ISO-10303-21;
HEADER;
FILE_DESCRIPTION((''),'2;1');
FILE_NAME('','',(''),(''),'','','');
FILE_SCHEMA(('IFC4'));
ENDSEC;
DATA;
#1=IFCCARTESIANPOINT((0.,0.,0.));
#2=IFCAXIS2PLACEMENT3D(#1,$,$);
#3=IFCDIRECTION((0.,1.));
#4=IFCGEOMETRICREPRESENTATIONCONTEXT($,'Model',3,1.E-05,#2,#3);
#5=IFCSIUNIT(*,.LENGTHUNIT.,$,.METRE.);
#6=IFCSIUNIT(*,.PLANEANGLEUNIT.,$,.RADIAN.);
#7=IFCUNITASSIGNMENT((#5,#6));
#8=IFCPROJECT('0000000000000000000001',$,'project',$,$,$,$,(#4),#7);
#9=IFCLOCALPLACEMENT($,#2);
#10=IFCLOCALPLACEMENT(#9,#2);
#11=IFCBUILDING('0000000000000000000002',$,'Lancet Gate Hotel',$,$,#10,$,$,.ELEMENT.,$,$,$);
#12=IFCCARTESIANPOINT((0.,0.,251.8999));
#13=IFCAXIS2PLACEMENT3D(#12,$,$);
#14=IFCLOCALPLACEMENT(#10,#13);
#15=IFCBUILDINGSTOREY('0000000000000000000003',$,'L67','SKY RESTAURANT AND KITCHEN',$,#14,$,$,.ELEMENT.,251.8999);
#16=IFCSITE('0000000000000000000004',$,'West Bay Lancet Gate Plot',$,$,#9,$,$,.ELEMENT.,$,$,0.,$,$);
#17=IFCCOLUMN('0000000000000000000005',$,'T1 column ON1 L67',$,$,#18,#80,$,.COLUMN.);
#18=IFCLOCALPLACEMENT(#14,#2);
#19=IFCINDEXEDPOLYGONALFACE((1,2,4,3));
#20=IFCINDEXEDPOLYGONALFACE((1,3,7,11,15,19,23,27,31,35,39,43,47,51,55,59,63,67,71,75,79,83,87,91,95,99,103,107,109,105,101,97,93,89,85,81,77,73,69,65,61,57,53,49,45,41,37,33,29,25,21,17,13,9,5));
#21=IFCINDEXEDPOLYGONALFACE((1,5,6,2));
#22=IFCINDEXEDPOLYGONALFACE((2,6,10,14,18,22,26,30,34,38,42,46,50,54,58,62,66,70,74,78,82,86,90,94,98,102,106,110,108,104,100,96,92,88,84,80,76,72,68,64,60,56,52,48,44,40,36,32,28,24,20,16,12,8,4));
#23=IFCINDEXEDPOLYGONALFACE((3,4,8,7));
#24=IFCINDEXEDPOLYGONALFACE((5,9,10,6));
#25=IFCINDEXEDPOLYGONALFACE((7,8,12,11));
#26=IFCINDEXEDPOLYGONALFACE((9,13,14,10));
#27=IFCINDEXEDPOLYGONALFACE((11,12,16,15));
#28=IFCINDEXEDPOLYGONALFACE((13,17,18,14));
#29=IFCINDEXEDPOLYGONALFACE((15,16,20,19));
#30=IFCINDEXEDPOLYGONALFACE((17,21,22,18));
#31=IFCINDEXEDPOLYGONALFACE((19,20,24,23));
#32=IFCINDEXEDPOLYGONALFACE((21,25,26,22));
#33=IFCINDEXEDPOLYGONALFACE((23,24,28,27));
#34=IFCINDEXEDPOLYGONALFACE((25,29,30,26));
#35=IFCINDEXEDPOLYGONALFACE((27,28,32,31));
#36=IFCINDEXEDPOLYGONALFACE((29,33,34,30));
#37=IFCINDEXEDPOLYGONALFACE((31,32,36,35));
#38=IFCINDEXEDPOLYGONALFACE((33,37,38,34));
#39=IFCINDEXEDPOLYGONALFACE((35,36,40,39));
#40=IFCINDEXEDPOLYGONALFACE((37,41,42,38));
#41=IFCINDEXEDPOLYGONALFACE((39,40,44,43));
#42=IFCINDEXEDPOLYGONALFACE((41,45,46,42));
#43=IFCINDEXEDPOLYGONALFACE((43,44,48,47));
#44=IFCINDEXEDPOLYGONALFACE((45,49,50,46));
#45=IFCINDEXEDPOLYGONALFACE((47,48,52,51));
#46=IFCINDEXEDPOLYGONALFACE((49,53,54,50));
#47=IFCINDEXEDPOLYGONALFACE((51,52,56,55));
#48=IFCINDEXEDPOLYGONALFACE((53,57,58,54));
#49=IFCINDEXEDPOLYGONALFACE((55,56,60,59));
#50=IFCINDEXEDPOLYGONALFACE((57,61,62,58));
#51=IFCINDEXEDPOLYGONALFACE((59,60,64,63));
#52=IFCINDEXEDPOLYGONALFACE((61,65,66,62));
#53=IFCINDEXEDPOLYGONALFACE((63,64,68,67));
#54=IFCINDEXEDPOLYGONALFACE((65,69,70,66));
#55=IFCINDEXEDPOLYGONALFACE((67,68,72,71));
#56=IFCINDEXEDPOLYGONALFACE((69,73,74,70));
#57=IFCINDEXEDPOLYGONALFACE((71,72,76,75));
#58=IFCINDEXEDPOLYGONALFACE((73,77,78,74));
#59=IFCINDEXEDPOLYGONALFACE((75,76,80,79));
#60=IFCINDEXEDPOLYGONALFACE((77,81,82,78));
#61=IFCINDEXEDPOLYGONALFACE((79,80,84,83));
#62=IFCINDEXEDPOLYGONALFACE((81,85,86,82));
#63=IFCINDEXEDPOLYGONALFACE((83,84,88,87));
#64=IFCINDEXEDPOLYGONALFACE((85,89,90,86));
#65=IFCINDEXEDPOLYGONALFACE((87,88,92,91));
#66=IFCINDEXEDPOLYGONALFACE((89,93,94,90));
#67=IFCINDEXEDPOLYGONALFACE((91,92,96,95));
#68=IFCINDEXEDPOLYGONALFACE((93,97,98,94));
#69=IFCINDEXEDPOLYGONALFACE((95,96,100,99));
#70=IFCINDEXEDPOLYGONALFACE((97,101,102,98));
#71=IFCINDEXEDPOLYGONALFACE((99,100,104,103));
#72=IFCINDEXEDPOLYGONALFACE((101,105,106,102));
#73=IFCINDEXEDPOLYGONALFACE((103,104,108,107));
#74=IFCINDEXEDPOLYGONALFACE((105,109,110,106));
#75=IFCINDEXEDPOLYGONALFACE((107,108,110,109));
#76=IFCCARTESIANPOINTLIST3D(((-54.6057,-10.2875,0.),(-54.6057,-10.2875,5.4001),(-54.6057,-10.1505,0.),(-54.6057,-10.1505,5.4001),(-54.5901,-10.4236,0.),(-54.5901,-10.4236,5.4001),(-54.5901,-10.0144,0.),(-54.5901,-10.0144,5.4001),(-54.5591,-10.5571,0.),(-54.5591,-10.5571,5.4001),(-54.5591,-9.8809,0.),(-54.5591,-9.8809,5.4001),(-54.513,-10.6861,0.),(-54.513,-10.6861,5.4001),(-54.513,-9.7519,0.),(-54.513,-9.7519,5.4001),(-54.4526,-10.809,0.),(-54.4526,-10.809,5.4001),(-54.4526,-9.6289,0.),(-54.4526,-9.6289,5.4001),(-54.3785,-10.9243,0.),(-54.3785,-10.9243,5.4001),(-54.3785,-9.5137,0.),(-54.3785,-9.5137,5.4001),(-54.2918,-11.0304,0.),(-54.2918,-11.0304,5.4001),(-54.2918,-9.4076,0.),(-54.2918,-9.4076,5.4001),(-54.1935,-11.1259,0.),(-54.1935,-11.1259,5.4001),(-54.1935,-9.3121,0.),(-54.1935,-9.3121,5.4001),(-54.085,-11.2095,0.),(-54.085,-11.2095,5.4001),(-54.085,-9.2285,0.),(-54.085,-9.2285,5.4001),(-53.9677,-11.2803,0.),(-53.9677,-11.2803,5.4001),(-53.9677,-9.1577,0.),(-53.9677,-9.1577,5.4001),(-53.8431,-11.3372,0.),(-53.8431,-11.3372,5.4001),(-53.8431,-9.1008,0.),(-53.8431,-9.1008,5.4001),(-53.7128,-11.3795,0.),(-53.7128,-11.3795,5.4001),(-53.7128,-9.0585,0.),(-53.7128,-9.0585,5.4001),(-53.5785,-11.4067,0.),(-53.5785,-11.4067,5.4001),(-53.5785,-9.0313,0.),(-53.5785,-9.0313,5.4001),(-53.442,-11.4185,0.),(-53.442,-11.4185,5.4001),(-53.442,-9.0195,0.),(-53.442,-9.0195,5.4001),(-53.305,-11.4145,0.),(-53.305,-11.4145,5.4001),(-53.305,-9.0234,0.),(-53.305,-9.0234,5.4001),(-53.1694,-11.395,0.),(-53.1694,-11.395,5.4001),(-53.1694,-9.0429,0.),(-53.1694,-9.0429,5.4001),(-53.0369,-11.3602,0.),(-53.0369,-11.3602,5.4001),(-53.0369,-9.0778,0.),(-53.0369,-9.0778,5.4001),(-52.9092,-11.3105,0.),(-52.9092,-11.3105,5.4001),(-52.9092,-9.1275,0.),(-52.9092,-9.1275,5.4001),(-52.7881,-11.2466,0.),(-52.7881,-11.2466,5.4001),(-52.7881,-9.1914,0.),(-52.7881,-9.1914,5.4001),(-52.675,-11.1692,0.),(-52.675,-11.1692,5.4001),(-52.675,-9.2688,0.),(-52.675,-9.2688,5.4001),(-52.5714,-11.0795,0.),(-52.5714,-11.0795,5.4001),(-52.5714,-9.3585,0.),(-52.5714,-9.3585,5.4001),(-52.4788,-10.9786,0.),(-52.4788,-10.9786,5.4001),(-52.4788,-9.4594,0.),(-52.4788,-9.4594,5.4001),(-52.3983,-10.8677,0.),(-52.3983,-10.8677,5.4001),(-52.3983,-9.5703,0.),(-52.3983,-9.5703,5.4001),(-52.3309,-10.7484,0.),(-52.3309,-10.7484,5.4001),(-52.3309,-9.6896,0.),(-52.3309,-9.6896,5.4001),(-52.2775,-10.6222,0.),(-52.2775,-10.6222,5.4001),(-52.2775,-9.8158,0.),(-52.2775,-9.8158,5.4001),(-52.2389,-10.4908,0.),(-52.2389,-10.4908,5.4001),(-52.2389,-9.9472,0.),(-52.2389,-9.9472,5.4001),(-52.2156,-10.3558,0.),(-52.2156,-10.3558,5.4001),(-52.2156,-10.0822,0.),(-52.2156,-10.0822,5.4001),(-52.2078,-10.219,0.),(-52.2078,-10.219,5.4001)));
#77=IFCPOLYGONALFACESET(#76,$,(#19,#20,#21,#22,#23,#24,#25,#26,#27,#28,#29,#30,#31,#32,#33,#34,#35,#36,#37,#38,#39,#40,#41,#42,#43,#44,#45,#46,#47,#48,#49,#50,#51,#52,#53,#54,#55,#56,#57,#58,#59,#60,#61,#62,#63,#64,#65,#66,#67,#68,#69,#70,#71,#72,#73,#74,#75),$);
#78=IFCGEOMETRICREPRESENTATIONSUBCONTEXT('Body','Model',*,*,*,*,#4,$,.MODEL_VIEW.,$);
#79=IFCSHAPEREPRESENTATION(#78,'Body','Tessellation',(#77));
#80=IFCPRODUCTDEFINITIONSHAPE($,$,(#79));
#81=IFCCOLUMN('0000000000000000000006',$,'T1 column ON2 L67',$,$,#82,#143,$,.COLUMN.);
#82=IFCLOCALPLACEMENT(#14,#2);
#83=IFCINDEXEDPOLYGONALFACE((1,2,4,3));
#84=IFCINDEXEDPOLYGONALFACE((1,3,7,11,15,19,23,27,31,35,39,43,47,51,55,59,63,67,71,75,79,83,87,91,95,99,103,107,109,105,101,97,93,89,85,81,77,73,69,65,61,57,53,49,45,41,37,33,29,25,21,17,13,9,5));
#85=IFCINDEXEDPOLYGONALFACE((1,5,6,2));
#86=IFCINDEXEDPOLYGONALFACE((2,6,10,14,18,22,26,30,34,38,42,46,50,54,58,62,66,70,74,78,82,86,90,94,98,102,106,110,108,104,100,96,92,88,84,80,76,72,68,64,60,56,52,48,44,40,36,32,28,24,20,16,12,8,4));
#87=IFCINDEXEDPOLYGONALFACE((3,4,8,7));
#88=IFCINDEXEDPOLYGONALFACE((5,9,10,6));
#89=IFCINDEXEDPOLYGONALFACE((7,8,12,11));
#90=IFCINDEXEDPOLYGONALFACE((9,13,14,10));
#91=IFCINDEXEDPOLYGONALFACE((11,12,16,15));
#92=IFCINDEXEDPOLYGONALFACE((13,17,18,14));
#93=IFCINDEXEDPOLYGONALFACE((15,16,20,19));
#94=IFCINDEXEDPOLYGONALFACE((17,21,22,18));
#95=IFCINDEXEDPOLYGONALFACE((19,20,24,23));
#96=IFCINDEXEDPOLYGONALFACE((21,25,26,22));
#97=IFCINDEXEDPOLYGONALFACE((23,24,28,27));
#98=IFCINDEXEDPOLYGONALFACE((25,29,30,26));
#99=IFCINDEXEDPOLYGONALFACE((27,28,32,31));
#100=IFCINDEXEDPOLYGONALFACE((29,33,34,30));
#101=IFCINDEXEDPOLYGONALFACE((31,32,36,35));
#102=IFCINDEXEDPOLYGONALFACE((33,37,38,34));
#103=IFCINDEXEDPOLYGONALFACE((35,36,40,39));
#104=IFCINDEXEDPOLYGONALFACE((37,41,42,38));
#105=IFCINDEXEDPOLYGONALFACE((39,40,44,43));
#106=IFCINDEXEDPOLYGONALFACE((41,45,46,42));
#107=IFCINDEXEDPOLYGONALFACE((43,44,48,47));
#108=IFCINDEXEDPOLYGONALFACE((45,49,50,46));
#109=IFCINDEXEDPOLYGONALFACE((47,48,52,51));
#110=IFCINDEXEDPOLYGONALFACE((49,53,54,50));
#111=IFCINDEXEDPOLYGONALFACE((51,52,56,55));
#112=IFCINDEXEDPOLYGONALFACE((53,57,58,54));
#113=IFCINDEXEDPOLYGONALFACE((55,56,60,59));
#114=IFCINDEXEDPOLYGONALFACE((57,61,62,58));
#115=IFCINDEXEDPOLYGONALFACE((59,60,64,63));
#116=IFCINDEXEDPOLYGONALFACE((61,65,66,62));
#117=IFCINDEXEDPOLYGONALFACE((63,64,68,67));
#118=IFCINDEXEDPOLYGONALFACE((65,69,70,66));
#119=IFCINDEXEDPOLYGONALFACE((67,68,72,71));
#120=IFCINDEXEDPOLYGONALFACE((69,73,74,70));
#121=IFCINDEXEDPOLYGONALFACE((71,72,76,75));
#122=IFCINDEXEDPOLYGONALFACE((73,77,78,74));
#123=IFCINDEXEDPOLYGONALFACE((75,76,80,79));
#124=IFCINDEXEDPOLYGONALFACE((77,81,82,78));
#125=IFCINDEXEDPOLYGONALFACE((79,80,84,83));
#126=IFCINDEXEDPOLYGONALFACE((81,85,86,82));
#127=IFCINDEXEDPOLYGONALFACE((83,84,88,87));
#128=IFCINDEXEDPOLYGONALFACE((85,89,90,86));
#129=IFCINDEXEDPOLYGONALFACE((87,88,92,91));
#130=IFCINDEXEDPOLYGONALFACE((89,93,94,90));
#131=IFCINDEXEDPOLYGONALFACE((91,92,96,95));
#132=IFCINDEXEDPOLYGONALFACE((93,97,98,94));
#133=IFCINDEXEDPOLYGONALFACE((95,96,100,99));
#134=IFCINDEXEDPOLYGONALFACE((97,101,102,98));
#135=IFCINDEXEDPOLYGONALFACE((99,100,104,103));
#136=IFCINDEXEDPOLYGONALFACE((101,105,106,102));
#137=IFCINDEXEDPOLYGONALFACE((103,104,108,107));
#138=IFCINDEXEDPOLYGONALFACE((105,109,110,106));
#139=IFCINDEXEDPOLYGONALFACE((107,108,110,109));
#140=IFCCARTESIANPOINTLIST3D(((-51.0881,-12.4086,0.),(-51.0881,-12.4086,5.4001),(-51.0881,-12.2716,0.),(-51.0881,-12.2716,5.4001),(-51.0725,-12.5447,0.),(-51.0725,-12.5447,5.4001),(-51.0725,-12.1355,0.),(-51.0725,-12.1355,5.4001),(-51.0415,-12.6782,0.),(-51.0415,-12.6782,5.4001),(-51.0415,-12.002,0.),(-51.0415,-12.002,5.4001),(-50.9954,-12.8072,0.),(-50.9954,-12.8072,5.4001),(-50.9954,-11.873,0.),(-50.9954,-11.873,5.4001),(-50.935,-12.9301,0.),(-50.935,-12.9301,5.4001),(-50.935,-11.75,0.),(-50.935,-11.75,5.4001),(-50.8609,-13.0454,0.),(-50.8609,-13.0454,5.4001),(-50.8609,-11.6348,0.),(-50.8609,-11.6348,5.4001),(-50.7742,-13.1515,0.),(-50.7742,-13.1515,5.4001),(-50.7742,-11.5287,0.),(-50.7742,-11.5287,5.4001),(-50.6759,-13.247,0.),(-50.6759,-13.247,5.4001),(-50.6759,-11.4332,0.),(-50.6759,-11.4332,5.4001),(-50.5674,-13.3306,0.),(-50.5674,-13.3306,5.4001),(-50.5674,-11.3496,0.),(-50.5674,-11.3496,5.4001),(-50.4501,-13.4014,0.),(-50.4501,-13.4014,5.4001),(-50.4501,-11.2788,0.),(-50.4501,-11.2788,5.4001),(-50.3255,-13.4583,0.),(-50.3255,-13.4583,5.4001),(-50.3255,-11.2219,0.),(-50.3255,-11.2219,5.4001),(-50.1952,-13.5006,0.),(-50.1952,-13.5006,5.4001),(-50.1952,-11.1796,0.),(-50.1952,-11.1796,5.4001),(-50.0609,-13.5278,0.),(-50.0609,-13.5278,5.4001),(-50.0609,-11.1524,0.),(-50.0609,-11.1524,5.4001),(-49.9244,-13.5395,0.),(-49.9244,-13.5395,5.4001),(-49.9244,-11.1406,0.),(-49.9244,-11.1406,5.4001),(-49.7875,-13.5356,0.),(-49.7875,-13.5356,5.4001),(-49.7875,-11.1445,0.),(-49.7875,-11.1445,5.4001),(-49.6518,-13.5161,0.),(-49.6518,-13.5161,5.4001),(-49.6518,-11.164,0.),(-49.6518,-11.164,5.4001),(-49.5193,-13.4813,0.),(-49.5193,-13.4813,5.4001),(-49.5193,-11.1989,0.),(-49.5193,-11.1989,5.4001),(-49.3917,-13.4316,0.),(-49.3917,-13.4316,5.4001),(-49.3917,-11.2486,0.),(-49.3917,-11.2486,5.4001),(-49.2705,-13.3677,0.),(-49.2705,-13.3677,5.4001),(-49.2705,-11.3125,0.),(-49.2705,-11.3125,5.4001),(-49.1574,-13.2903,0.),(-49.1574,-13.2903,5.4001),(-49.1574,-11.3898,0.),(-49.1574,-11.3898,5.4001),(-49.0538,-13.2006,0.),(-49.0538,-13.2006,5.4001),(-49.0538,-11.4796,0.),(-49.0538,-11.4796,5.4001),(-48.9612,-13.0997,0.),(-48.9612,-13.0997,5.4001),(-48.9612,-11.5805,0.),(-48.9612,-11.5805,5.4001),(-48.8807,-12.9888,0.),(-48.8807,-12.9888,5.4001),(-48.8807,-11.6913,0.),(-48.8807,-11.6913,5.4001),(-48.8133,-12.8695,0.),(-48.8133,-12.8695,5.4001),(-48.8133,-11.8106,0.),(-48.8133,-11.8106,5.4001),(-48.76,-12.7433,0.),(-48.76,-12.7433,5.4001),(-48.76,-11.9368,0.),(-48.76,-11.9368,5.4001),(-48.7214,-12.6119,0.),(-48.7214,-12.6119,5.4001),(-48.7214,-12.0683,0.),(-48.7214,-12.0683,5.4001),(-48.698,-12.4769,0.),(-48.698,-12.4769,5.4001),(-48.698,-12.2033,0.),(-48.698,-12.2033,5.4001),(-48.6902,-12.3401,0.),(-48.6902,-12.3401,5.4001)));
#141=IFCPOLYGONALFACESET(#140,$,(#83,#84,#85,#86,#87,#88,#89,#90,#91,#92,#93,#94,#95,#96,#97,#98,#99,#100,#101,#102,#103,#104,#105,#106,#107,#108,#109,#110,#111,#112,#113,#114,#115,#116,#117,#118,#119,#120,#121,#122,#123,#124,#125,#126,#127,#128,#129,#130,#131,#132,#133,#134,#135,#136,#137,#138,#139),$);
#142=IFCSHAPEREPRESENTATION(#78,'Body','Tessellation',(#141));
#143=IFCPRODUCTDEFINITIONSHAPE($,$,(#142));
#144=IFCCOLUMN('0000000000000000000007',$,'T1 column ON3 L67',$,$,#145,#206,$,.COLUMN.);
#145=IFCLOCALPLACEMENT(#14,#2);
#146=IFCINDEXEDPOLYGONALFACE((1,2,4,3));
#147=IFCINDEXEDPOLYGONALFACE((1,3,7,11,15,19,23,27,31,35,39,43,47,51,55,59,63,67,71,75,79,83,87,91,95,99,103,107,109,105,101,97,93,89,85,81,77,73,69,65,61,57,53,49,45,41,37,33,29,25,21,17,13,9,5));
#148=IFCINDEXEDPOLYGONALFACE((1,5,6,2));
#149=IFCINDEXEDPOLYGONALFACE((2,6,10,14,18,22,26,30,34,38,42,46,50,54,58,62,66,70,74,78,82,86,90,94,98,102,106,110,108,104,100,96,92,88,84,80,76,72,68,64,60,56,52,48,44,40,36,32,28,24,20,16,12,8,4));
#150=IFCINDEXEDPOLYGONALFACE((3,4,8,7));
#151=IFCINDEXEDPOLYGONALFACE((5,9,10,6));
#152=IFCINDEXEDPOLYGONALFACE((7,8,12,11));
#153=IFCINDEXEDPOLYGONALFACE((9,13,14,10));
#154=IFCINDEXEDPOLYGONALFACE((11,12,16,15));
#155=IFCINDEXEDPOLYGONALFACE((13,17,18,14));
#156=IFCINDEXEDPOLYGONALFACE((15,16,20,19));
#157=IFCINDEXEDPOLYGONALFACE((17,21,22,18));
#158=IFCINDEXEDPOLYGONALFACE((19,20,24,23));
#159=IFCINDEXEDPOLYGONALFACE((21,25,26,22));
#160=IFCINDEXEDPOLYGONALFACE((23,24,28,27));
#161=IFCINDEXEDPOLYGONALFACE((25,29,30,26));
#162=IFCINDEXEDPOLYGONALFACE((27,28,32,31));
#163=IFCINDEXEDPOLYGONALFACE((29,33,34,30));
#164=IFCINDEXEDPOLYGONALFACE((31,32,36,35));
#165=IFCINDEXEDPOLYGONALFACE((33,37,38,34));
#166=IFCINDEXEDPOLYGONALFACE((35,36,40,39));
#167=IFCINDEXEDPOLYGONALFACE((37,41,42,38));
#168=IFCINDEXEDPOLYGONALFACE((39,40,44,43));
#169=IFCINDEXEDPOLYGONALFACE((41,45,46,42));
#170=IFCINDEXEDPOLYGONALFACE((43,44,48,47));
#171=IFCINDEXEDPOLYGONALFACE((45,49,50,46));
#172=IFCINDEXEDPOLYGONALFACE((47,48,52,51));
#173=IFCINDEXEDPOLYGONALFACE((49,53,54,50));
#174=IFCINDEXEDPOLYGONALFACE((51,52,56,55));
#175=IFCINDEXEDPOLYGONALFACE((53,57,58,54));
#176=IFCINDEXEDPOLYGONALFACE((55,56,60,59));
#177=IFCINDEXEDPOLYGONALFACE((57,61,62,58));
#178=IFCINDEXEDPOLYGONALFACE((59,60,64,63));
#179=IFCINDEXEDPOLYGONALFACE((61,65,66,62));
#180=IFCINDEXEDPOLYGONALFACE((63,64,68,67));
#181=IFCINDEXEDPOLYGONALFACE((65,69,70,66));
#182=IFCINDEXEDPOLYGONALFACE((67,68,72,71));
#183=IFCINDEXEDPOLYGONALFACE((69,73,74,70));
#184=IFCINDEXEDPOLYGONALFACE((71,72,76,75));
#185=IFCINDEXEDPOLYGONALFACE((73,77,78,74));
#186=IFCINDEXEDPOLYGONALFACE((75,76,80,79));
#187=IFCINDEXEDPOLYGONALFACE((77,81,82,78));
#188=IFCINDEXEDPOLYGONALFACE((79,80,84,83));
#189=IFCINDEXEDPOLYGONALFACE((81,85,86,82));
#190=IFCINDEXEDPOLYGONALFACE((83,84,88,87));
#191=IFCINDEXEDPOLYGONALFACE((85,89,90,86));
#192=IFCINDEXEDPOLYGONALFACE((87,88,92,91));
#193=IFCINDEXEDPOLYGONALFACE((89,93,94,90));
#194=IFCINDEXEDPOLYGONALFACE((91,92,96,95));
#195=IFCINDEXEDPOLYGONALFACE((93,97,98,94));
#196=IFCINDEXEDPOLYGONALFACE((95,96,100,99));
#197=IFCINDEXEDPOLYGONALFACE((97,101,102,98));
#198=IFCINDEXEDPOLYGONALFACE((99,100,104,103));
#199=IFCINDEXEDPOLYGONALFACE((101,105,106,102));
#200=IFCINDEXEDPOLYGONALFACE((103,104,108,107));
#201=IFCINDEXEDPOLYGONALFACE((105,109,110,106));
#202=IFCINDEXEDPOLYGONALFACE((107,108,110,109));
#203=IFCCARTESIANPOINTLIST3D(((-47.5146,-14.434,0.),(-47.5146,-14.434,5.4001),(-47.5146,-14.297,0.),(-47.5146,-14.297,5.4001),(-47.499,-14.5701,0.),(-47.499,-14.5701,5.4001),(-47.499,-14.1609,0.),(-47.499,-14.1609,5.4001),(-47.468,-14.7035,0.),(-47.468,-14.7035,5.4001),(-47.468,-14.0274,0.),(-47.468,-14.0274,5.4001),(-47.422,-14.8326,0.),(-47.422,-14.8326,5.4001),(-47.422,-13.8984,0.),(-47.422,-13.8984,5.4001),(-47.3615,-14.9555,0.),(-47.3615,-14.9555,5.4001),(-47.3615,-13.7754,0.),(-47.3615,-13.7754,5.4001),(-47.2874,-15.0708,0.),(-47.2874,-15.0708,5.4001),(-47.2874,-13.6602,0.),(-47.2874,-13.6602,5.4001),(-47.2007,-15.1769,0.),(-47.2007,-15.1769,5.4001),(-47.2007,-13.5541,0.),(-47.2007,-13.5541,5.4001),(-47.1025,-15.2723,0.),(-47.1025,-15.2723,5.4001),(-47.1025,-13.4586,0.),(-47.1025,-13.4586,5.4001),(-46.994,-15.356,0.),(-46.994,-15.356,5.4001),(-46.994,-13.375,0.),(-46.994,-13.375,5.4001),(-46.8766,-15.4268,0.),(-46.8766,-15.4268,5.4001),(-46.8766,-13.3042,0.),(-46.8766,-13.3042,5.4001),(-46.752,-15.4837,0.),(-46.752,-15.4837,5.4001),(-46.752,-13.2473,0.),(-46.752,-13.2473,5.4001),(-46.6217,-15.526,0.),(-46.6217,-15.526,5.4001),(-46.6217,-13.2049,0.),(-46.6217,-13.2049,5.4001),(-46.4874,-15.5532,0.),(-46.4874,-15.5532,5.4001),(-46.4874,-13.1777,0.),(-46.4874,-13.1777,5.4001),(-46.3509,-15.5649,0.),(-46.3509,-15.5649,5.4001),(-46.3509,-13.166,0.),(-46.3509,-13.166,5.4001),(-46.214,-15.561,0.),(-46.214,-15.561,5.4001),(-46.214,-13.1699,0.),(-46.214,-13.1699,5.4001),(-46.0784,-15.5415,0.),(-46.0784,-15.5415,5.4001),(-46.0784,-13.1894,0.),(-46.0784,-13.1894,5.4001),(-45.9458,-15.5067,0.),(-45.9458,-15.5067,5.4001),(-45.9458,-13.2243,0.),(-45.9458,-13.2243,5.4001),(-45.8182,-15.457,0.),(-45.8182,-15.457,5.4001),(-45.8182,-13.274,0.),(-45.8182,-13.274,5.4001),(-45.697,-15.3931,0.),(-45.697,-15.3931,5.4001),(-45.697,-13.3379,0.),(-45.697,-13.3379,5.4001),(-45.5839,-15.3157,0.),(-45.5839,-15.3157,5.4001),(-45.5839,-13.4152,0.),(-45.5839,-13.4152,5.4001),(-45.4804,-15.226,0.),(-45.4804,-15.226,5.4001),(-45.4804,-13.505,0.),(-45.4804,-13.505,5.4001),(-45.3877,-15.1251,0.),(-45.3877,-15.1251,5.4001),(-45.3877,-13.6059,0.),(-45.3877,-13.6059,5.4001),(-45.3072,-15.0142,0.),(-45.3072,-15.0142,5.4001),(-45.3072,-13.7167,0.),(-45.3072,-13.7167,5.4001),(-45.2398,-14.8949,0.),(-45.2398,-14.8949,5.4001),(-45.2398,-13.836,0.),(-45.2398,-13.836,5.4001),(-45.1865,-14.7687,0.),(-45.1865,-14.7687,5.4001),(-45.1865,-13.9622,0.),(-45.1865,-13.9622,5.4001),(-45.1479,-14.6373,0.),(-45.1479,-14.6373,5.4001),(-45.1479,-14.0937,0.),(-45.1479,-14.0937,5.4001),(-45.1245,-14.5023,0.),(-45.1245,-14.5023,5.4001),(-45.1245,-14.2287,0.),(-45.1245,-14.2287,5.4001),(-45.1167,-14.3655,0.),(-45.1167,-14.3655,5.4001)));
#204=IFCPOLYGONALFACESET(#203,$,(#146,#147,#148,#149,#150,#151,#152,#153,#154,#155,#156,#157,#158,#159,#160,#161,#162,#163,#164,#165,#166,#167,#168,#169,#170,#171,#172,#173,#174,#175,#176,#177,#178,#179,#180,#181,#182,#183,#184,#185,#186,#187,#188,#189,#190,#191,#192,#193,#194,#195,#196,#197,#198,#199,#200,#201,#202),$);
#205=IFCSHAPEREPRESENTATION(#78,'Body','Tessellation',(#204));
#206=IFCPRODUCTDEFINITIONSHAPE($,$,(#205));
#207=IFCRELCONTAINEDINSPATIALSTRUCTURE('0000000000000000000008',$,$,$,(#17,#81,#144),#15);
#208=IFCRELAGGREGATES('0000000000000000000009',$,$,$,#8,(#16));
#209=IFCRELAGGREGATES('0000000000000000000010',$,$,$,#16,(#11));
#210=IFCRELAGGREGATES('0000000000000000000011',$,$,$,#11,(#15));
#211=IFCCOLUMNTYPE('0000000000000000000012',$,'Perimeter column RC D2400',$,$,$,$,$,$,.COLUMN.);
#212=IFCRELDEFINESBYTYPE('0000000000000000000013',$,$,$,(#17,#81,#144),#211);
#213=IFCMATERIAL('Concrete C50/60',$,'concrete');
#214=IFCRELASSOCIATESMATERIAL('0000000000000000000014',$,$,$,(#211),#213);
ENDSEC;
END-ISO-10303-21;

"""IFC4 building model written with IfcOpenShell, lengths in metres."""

from ifc_helpers import new_model, si_unit, direction, frame, origin, origin_2d, place, context, subcontext, project, spatial, circle, extrude, material, material_profile, profile_set, type_object, element, save


model = new_model("IFC4")

# Units and contexts
model_context = context("Model", 3, precision=1e-05, world=origin(), true_north=direction((0.0, 1.0)))
body_context = subcontext(model_context, "Body", "Model", "MODEL_VIEW")
ifc_project = project(units=[si_unit("LENGTHUNIT", "METRE"), si_unit("PLANEANGLEUNIT", "RADIAN")], contexts=[model_context])

# Site, building, storey
site_placement = place(None, origin())
site = spatial("IfcSite", under=ifc_project, at=site_placement, Name="West Bay Lancet Gate Plot", CompositionType="ELEMENT", RefElevation=0.0)
building_placement = place(site_placement, origin())
building = spatial("IfcBuilding", under=site, at=building_placement, Name="Lancet Gate Hotel", CompositionType="ELEMENT")
storey_placement = place(building_placement, frame((0.0, 0.0, 251.8999)))
storey = spatial("IfcBuildingStorey", under=building, at=storey_placement, Name="L67", Description="SKY RESTAURANT AND KITCHEN", CompositionType="ELEMENT", Elevation=251.8999)

# Columns
ifc_material_1 = material(Name="Concrete C50/60", Category="concrete")
ifc_material_profile_1 = material_profile(ifc_material_1, circle(Radius=1.2, at=origin_2d()), Name="RC D2400")
ifc_profile_set_1 = profile_set([ifc_material_profile_1], Name="Concrete C50/60")
column_type = type_object("IfcColumnType", Name="Perimeter column RC D2400", PredefinedType="COLUMN", material=ifc_profile_set_1)
for number, where, z_axis, x_axis, name in (
    (1, (-53.4077, -10.219, 0.0), (0.0, 0.0, 1.0), (1.0, 0.0, 0.0), "T1 column ON1 L67"),
    (2, (-49.8901, -12.3401, 0.0), (0.0, 0.0, 1.0), (1.0, 0.0, 0.0), "T1 column ON2 L67"),
    (3, (-46.3167, -14.3655, 0.0), (0.0, 0.0, 1.0), (1.0, 0.0, 0.0), "T1 column ON3 L67"),
):
    element("IfcColumn", number, at=place(storey_placement, frame(where, z_axis=z_axis, x_axis=x_axis)), inside=storey, type_object=column_type, Name=name, PredefinedType="COLUMN", context=body_context, shape_type="SweptSolid", body=[
        extrude(circle(Radius=1.2, at=origin_2d()), origin(), (0.0, 0.0, 1.0), 5.4001),
    ])

save(model, "model.ifc")
